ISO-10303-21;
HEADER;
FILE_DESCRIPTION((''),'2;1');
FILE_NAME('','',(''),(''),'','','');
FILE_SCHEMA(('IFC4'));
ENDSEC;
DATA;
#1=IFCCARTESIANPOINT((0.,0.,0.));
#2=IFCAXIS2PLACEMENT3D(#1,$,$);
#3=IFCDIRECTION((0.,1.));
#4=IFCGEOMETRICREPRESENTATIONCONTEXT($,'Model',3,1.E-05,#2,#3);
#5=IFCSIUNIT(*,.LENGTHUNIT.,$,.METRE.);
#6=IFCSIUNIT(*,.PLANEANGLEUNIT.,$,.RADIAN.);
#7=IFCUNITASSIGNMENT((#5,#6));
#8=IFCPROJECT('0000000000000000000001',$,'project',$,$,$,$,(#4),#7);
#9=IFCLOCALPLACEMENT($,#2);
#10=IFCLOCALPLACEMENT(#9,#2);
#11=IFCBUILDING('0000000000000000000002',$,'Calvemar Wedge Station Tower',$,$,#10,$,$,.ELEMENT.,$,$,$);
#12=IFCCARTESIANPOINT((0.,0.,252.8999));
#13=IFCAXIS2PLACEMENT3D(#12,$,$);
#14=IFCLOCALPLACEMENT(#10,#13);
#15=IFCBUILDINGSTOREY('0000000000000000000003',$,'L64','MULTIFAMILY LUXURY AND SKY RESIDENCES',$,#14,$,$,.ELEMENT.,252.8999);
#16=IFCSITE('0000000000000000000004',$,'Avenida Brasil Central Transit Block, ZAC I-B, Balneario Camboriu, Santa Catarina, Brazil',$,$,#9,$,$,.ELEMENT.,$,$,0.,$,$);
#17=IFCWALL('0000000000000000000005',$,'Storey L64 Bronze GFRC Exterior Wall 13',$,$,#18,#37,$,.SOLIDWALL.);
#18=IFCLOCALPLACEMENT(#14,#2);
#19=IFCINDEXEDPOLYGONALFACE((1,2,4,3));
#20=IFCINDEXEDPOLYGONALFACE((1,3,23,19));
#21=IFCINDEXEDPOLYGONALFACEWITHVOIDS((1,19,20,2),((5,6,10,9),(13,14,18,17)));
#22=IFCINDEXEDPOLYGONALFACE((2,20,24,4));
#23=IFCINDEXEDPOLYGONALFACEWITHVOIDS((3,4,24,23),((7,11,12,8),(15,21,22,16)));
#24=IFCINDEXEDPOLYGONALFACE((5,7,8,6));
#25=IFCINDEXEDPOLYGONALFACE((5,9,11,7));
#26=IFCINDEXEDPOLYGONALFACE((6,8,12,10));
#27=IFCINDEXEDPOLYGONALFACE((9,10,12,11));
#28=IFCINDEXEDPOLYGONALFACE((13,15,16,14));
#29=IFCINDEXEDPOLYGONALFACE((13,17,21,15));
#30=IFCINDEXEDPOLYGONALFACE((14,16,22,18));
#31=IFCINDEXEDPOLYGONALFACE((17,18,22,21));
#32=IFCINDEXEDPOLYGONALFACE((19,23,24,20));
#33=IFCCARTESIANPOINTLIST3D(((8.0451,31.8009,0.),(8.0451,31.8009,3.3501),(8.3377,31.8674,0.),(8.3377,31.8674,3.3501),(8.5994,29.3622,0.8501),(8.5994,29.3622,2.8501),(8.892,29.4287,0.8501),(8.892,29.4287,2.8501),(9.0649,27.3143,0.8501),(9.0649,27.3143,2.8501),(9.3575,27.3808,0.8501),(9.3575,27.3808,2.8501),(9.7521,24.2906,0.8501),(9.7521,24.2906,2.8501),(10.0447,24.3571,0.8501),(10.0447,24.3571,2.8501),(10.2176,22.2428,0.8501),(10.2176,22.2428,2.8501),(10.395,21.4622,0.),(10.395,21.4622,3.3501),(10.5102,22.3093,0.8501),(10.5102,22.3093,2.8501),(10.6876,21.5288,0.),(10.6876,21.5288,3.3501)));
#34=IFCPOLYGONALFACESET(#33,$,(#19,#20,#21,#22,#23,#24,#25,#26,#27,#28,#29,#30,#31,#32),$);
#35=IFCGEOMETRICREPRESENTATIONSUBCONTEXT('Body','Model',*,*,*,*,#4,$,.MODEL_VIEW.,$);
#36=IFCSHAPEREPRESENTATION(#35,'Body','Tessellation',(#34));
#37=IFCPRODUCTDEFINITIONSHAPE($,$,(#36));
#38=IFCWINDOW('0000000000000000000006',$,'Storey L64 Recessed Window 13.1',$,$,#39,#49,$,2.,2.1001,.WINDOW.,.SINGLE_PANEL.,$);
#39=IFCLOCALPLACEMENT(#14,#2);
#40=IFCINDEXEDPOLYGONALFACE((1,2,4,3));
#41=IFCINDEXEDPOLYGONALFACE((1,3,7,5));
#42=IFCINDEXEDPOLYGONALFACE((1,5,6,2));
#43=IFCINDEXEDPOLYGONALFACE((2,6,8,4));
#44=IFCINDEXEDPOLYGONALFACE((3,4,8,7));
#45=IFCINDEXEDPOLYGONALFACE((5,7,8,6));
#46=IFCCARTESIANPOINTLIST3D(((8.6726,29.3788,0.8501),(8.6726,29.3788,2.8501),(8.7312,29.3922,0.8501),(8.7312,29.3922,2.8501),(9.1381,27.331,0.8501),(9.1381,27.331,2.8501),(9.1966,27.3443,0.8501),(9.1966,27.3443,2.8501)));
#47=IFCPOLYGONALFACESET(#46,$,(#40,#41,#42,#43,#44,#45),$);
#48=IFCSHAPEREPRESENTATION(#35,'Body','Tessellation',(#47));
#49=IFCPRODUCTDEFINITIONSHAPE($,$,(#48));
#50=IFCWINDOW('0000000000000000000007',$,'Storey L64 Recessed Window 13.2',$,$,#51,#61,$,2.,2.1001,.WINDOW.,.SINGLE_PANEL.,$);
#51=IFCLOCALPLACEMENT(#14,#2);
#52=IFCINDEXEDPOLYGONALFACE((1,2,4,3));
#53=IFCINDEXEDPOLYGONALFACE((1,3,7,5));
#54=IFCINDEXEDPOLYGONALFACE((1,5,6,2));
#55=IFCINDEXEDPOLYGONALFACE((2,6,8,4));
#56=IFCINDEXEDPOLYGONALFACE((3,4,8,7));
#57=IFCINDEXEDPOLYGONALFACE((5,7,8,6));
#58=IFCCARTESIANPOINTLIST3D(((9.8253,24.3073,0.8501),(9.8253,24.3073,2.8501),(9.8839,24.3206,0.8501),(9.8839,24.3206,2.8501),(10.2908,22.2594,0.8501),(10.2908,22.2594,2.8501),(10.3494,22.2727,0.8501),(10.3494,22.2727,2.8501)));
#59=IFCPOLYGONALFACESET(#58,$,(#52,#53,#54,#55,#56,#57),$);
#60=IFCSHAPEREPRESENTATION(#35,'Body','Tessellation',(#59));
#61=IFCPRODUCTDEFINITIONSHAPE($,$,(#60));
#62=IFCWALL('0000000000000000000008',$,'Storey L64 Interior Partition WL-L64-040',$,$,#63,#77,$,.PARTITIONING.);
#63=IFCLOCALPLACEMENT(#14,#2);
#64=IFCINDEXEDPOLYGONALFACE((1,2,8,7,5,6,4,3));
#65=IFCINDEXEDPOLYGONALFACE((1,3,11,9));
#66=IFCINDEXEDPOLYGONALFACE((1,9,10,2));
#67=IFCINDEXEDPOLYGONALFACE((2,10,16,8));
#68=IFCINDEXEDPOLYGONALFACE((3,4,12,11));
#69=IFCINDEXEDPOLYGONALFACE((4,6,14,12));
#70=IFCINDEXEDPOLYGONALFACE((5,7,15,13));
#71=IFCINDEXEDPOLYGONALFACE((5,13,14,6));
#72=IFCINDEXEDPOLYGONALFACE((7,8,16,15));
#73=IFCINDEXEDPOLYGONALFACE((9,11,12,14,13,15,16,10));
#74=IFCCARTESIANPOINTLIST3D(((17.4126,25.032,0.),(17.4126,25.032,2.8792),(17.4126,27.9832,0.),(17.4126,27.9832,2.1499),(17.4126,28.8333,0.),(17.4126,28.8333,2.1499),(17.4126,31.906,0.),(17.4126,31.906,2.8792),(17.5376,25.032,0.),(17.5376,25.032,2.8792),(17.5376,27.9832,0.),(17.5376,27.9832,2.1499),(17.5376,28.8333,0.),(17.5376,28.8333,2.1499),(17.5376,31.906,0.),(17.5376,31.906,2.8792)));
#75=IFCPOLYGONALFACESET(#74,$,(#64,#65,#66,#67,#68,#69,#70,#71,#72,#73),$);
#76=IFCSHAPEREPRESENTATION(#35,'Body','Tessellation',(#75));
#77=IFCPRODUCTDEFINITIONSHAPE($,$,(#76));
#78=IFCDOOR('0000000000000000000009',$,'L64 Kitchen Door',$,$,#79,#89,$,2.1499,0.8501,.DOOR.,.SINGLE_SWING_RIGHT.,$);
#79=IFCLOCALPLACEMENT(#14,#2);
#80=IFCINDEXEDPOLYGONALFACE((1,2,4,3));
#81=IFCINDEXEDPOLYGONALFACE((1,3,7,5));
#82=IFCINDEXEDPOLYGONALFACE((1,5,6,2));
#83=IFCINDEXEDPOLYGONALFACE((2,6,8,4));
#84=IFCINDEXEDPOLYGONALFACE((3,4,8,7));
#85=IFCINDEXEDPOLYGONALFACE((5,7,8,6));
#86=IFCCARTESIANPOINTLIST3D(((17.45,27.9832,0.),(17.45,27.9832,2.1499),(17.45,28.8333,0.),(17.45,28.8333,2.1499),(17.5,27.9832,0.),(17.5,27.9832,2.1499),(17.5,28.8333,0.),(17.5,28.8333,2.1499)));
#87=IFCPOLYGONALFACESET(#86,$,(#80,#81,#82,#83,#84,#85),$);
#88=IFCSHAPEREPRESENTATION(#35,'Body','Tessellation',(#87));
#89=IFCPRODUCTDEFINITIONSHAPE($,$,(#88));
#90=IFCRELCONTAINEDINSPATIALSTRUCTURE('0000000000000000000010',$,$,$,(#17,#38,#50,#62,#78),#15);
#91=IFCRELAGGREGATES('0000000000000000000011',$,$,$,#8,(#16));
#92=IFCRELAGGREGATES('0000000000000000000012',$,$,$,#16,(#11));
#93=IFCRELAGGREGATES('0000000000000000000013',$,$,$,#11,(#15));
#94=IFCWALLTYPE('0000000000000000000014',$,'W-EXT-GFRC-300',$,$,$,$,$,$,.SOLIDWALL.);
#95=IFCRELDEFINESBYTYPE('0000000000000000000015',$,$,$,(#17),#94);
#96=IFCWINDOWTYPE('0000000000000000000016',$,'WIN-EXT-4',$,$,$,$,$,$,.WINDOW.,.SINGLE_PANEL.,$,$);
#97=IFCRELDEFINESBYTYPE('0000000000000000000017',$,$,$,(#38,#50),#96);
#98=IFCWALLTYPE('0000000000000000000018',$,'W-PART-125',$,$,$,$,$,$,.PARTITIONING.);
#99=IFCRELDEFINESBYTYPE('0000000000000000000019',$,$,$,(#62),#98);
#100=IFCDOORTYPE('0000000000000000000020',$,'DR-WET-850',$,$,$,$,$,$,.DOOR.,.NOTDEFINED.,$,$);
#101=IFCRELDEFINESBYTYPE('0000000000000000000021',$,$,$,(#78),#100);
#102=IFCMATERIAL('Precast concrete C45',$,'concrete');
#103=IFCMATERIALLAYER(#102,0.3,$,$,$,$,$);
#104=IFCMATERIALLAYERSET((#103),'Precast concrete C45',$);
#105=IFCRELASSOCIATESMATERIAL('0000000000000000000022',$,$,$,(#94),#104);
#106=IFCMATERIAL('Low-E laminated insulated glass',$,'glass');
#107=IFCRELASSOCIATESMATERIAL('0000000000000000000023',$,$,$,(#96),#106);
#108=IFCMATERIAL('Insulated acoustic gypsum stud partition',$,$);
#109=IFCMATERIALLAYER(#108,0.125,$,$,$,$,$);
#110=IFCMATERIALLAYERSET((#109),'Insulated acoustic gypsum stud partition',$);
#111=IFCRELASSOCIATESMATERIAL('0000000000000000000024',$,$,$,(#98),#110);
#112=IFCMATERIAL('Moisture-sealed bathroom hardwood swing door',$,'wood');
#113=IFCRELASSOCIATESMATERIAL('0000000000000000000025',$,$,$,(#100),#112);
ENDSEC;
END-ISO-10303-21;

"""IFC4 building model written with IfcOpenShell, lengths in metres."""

from ifc_helpers import new_model, si_unit, direction, frame, frame_2d, origin, place, context, subcontext, project, spatial, rectangle, extrude, source, transform, mapped, material, layer, layer_set, type_object, element, fill, save


model = new_model("IFC4")

# Units and contexts
model_context = context("Model", 3, precision=1e-05, world=origin(), true_north=direction((0.0, 1.0)))
body_context = subcontext(model_context, "Body", "Model", "MODEL_VIEW")
ifc_project = project(units=[si_unit("LENGTHUNIT", "METRE"), si_unit("PLANEANGLEUNIT", "RADIAN")], contexts=[model_context])

# Site, building, storey
site_placement = place(None, origin())
site = spatial("IfcSite", under=ifc_project, at=site_placement, Name="Avenida Brasil Central Transit Block, ZAC I-B, Balneario Camboriu, Santa Catarina, Brazil", CompositionType="ELEMENT", RefElevation=0.0)
building_placement = place(site_placement, origin())
building = spatial("IfcBuilding", under=site, at=building_placement, Name="Calvemar Wedge Station Tower", CompositionType="ELEMENT")
storey_placement = place(building_placement, frame((0.0, 0.0, 252.8999)))
storey = spatial("IfcBuildingStorey", under=building, at=storey_placement, Name="L64", Description="MULTIFAMILY LUXURY AND SKY RESIDENCES", CompositionType="ELEMENT", Elevation=252.8999)

# Shared definitions
ifc_material_1 = material(Name="Precast concrete C45", Category="concrete")

# Wall, openings, windows
ifc_layer_1 = layer(ifc_material_1, 0.3)
ifc_layer_set_1 = layer_set([ifc_layer_1], Name="Precast concrete C45")
wall_type_1 = type_object("IfcWallType", Name="W-EXT-GFRC-300", PredefinedType="SOLIDWALL", material=ifc_layer_set_1)
wall_1_placement = place(storey_placement, frame((8.1914, 31.8342, 0.0), z_axis=(0.0, 0.0, 1.0), x_axis=(0.221636, -0.975129, 0.0)))
wall_1 = element("IfcWall", 1, at=wall_1_placement, inside=storey, type_object=wall_type_1, Name="Storey L64 Bronze GFRC Exterior Wall 13", PredefinedType="SOLIDWALL", context=body_context, shape_type="SweptSolid", body=[
    extrude(rectangle(XDim=10.6023, YDim=0.3, at=frame_2d((5.3013, 0.0))), origin(), (0.0, 0.0, 1.0), 3.3501),
])
shared_shape_1 = source(origin(), body_context, "Body", "SweptSolid", [
    extrude(rectangle(XDim=2.1001, YDim=2.0, at=frame_2d((1.05, 1.0))), frame((0.0, 0.1602, 0.0), z_axis=(0.0, -1.0, 0.0), x_axis=(1.0, 0.0, 0.0)), (0.0, 0.0, 1.0), 0.3201),
])
opening_1_placement = place(wall_1_placement, frame((2.501, 0.0, 0.8501)))
opening_1 = element("IfcOpeningElement", 2, at=opening_1_placement, cuts=wall_1, PredefinedType="OPENING", context=body_context, shape_type="MappedRepresentation", body=[
    mapped(shared_shape_1, transform((0.0, 0.0, 0.0), scale=1.0)),
])
opening_2_placement = place(wall_1_placement, frame((7.7019, 0.0, 0.8501)))
opening_2 = element("IfcOpeningElement", 3, at=opening_2_placement, cuts=wall_1, PredefinedType="OPENING", context=body_context, shape_type="MappedRepresentation", body=[
    mapped(shared_shape_1, transform((0.0, 0.0, 0.0), scale=1.0)),
])
ifc_material_2 = material(Name="Low-E laminated insulated glass", Category="glass")
window_type = type_object("IfcWindowType", Name="WIN-EXT-4", PartitioningType="SINGLE_PANEL", PredefinedType="WINDOW", material=ifc_material_2)
shared_shape_2 = source(origin(), body_context, "Body", "SweptSolid", [
    extrude(rectangle(XDim=2.1001, YDim=2.0, at=frame_2d((1.05, 1.0))), frame((0.0, -0.0149, 0.0), z_axis=(0.0, -1.0, 0.0), x_axis=(1.0, 0.0, 0.0)), (0.0, 0.0, 1.0), 0.0601),
])
window_1_placement = place(opening_1_placement, origin())
window_1 = element("IfcWindow", 4, at=window_1_placement, inside=storey, type_object=window_type, Name="Storey L64 Recessed Window 13.1", OverallHeight=2.0, OverallWidth=2.1001, PartitioningType="SINGLE_PANEL", PredefinedType="WINDOW", context=body_context, shape_type="MappedRepresentation", body=[
    mapped(shared_shape_2, transform((0.0, 0.0, 0.0), scale=1.0)),
])
fill(opening_1, window_1)
window_2_placement = place(opening_2_placement, origin())
window_2 = element("IfcWindow", 5, at=window_2_placement, inside=storey, type_object=window_type, Name="Storey L64 Recessed Window 13.2", OverallHeight=2.0, OverallWidth=2.1001, PartitioningType="SINGLE_PANEL", PredefinedType="WINDOW", context=body_context, shape_type="MappedRepresentation", body=[
    mapped(shared_shape_2, transform((0.0, 0.0, 0.0), scale=1.0)),
])
fill(opening_2, window_2)

# Wall, opening, door
ifc_material_3 = material(Name="Insulated acoustic gypsum stud partition")
ifc_layer_2 = layer(ifc_material_3, 0.125)
ifc_layer_set_2 = layer_set([ifc_layer_2], Name="Insulated acoustic gypsum stud partition")
wall_type_2 = type_object("IfcWallType", Name="W-PART-125", PredefinedType="PARTITIONING", material=ifc_layer_set_2)
wall_2_placement = place(storey_placement, frame((17.4751, 31.906, 0.0), z_axis=(0.0, 0.0, 1.0), x_axis=(0.0, -1.0, 0.0)))
wall_2 = element("IfcWall", 6, at=wall_2_placement, inside=storey, type_object=wall_type_2, Name="Storey L64 Interior Partition WL-L64-040", PredefinedType="PARTITIONING", context=body_context, shape_type="SweptSolid", body=[
    extrude(rectangle(XDim=6.874, YDim=0.125, at=frame_2d((3.437, 0.0))), origin(), (0.0, 0.0, 1.0), 2.8792),
])
shared_shape_3 = source(origin(), body_context, "Body", "SweptSolid", [
    extrude(rectangle(XDim=0.8501, YDim=2.1499, at=frame_2d((0.425, 1.075))), frame((0.0, 0.0725, 0.0), z_axis=(0.0, -1.0, 0.0), x_axis=(1.0, 0.0, 0.0)), (0.0, 0.0, 1.0), 0.145),
])
opening_3_placement = place(wall_2_placement, frame((3.0728, 0.0, 0.0)))
opening_3 = element("IfcOpeningElement", 7, at=opening_3_placement, cuts=wall_2, PredefinedType="OPENING", context=body_context, shape_type="MappedRepresentation", body=[
    mapped(shared_shape_3, transform((0.0, 0.0, 0.0), scale=1.0)),
])
ifc_material_4 = material(Name="Moisture-sealed bathroom hardwood swing door", Category="wood")
door_type_1 = type_object("IfcDoorType", Name="DR-WET-850", OperationType="NOTDEFINED", PredefinedType="DOOR", material=ifc_material_4)
shared_shape_4 = source(origin(), body_context, "Body", "SweptSolid", [
    extrude(rectangle(XDim=0.8501, YDim=2.1499, at=frame_2d((0.425, 1.075))), frame((0.0, 0.0249, 0.0), z_axis=(0.0, -1.0, 0.0), x_axis=(1.0, 0.0, 0.0)), (0.0, 0.0, 1.0), 0.05),
])
door_1_placement = place(opening_3_placement, origin())
door_1 = element("IfcDoor", 8, at=door_1_placement, inside=storey, type_object=door_type_1, Name="L64 Kitchen Door", OperationType="SINGLE_SWING_RIGHT", OverallHeight=2.1499, OverallWidth=0.8501, PredefinedType="DOOR", context=body_context, shape_type="MappedRepresentation", body=[
    mapped(shared_shape_4, transform((0.0, 0.0, 0.0), scale=1.0)),
])
fill(opening_3, door_1)

save(model, "model.ifc")
